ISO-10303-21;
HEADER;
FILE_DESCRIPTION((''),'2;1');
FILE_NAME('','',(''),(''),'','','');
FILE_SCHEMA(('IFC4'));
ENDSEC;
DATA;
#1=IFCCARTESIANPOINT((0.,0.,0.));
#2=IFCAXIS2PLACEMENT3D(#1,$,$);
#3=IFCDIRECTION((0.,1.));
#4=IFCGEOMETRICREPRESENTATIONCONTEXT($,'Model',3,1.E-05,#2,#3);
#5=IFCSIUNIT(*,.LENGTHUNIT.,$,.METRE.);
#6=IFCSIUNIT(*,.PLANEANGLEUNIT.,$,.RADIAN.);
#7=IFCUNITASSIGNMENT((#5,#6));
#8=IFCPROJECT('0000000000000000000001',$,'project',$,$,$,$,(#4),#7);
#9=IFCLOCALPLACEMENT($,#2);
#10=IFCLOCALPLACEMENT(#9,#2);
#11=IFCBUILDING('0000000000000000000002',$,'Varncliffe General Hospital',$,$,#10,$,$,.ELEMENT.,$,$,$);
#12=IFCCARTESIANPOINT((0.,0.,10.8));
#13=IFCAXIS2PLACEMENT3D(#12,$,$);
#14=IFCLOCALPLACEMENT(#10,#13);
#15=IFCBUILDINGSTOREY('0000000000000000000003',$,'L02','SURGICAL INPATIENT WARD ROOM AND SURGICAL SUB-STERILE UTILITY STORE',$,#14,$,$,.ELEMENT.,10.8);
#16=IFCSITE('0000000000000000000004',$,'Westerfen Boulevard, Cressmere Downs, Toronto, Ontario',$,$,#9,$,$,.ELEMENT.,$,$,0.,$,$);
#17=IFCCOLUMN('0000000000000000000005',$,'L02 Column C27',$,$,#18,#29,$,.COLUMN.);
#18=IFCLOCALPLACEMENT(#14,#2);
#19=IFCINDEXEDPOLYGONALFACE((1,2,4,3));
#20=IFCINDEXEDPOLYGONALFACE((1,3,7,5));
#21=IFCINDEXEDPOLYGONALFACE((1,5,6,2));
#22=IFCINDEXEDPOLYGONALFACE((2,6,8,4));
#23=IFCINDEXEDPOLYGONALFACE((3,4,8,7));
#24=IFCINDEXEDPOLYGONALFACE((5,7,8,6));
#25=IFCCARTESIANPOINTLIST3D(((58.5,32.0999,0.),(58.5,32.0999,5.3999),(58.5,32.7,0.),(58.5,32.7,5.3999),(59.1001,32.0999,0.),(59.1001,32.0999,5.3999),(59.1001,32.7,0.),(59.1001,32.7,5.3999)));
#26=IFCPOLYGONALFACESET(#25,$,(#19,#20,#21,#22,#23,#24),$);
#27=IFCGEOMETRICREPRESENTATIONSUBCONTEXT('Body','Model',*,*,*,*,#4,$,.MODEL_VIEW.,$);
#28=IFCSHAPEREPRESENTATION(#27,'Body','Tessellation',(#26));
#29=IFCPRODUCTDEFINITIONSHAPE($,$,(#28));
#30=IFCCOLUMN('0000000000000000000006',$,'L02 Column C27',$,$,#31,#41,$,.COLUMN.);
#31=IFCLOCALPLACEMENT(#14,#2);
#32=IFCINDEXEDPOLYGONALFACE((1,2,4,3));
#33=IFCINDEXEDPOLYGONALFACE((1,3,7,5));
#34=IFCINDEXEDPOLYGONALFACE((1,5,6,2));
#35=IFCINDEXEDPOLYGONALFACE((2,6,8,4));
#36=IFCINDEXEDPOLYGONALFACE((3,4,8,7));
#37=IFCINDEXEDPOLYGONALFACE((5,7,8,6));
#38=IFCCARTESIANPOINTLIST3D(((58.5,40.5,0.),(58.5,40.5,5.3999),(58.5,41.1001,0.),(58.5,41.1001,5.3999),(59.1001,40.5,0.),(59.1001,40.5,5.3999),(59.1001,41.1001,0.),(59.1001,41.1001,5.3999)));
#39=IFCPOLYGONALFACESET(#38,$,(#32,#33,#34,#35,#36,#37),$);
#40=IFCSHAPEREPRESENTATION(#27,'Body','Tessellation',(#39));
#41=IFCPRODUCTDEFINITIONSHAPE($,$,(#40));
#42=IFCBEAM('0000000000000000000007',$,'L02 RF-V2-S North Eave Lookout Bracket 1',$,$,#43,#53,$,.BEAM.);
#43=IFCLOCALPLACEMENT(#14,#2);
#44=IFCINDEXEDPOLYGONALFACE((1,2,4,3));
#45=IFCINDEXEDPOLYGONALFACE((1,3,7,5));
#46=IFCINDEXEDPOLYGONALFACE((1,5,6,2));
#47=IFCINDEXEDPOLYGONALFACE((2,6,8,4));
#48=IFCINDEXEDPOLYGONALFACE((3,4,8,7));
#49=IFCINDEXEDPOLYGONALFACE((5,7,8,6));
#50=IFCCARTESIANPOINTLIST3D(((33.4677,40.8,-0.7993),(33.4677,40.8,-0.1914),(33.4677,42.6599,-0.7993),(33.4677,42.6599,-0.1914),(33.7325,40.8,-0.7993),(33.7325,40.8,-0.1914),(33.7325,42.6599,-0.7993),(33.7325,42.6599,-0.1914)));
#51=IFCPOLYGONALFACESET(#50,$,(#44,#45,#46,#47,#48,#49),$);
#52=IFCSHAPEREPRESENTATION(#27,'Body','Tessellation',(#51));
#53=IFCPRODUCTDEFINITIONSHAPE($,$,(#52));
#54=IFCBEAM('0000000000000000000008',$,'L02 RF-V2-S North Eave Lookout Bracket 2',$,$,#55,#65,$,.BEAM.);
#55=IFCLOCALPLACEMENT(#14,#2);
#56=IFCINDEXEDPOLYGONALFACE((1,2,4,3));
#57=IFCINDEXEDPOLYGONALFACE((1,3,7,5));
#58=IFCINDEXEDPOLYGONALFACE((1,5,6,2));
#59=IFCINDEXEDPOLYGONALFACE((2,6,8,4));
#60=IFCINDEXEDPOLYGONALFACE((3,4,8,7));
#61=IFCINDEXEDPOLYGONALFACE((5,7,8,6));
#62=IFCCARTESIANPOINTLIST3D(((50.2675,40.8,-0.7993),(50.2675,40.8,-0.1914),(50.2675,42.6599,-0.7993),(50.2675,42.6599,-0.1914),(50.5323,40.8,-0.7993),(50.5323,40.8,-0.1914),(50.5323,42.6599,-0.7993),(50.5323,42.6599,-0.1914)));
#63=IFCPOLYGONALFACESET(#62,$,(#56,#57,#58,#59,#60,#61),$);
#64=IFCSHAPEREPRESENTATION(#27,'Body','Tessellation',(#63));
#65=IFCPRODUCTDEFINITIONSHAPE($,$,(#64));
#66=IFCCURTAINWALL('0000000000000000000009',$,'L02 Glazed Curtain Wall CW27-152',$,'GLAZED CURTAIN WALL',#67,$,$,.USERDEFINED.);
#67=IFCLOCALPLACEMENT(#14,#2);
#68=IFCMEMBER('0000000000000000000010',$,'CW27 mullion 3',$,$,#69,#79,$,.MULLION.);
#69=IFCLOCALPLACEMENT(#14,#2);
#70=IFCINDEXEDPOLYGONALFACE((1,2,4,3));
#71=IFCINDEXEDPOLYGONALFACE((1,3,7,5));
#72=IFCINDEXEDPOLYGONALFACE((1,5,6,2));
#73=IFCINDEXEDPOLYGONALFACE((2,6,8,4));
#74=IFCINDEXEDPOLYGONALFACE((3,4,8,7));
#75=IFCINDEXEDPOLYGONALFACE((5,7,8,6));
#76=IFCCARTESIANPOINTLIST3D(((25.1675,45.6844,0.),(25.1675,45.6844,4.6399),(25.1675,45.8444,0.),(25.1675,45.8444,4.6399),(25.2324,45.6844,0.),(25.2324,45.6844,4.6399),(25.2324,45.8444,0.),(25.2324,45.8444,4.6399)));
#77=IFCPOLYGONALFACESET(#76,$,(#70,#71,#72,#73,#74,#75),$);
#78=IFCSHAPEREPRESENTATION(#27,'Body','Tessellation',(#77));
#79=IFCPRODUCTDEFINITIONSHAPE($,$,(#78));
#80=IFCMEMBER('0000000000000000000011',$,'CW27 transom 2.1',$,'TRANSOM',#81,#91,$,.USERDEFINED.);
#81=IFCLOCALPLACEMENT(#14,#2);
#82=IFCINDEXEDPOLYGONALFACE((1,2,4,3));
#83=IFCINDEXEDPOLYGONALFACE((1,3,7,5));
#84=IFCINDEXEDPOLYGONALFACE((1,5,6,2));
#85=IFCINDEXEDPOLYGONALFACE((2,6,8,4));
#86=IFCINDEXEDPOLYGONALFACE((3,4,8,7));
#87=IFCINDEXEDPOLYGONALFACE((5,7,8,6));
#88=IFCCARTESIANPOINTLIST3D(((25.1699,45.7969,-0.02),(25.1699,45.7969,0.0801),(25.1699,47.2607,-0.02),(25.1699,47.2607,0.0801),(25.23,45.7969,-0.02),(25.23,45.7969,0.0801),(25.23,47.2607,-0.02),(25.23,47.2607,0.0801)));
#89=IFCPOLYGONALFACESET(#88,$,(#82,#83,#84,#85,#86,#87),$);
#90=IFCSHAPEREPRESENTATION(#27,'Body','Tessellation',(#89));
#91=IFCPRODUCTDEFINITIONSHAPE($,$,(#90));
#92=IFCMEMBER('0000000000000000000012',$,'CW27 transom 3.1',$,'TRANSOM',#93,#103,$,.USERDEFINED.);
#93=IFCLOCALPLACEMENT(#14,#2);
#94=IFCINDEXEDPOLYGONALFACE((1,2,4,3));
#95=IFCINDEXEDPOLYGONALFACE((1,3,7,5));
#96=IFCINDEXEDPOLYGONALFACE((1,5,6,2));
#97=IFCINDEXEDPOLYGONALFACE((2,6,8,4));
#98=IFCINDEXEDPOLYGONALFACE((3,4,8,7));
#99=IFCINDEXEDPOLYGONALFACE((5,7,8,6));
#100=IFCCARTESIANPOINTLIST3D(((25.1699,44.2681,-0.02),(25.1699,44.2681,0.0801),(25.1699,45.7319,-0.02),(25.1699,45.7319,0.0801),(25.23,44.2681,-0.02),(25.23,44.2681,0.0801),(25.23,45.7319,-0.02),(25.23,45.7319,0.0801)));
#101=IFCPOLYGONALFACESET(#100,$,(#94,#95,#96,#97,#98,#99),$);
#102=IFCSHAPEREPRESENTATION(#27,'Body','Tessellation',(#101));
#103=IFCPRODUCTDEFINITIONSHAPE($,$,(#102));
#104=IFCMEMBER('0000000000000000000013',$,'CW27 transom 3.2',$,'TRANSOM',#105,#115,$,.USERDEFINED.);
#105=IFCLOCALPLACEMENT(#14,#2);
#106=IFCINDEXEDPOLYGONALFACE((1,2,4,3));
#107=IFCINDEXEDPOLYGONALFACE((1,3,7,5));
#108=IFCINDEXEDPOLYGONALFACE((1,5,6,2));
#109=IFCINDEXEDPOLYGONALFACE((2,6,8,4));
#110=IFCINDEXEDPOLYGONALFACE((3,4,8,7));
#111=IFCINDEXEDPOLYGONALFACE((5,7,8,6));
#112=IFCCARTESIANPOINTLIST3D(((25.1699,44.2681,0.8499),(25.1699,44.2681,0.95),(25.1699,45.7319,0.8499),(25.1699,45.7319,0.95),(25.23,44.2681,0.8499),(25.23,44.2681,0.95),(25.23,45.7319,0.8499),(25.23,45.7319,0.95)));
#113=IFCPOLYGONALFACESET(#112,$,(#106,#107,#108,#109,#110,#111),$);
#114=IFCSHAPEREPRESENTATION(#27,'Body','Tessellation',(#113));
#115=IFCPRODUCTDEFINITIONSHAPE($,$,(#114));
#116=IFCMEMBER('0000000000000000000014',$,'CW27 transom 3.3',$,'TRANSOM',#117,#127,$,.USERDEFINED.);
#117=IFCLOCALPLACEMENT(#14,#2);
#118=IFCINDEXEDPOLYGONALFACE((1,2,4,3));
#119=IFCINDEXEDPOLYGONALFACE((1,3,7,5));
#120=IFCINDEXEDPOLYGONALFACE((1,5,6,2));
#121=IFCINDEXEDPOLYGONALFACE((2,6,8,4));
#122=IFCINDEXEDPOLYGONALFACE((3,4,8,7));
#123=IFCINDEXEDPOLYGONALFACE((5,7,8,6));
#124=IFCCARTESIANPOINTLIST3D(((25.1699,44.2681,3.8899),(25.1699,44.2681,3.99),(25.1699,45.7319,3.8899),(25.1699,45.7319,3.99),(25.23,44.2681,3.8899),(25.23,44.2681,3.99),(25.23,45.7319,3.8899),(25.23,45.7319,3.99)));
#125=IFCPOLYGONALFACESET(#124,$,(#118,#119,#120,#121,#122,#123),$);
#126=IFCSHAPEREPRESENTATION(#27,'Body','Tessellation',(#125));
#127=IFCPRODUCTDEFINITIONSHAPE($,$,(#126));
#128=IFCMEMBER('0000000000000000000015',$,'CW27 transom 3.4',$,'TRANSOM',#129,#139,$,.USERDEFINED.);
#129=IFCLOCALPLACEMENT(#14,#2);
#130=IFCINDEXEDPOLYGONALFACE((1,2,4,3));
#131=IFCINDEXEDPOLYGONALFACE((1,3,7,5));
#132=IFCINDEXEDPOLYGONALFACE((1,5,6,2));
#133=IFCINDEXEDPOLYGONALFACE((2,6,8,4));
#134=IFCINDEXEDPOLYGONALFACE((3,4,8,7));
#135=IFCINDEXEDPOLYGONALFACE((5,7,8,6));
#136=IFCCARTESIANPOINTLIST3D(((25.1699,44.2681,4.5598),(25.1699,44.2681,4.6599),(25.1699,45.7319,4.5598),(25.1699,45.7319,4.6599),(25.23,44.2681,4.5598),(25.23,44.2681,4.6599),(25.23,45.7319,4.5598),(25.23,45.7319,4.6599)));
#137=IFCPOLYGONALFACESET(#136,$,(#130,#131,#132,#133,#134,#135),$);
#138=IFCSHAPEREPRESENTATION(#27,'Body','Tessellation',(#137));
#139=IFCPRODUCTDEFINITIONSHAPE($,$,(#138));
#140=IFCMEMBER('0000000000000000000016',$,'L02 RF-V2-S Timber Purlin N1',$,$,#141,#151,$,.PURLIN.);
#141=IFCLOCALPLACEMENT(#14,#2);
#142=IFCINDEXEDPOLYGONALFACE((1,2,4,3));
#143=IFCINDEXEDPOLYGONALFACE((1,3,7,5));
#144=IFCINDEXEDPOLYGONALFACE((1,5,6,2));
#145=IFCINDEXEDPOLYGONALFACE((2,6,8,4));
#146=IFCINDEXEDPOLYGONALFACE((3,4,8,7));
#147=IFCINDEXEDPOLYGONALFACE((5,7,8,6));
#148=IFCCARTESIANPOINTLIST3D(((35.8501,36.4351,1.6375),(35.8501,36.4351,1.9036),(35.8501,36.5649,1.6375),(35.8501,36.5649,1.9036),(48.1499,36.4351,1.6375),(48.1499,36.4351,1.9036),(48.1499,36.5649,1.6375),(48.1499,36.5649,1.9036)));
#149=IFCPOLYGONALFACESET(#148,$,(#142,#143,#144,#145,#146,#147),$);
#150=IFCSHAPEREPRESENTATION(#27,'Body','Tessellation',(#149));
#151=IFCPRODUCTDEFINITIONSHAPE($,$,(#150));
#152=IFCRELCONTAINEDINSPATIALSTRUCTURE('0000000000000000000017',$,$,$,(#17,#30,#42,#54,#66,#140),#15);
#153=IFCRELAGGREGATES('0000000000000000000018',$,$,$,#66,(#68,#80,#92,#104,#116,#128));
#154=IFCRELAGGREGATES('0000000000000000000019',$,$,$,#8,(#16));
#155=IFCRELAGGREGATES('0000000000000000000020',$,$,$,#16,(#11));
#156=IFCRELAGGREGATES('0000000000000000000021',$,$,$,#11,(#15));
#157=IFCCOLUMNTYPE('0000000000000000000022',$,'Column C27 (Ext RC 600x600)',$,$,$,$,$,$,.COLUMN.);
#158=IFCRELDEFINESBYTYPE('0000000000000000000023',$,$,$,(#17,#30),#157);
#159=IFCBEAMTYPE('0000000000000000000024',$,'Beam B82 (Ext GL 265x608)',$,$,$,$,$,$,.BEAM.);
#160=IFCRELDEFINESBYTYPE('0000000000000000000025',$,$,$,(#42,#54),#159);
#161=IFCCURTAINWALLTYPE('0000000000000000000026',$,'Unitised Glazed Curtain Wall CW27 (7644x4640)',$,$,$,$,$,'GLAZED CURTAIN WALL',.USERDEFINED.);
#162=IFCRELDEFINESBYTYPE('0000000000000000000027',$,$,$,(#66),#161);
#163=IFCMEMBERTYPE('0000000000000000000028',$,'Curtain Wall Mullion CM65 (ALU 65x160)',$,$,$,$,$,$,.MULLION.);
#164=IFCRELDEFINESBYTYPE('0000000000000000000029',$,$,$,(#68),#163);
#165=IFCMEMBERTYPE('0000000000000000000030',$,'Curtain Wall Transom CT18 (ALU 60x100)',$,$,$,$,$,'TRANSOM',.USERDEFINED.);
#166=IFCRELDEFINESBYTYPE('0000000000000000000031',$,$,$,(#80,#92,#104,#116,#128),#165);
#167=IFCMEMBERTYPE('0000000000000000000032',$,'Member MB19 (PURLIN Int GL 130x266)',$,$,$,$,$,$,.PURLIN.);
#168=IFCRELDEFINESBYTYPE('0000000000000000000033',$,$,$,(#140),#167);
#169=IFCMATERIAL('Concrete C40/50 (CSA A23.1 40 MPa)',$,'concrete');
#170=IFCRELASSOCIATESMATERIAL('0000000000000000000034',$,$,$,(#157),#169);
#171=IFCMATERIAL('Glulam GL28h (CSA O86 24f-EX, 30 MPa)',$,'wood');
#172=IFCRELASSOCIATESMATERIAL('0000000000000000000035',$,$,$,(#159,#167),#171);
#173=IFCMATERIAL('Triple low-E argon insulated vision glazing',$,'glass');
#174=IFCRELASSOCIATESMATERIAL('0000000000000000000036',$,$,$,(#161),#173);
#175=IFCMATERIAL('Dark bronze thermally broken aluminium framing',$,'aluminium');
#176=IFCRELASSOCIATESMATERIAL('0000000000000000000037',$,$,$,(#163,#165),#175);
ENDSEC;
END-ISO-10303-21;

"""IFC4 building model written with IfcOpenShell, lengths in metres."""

from ifc_helpers import new_model, si_unit, direction, frame, origin, origin_2d, place, context, subcontext, project, spatial, rectangle, extrude, material, material_profile, profile_set, type_object, element, aggregate, save


model = new_model("IFC4")

# Units and contexts
model_context = context("Model", 3, precision=1e-05, world=origin(), true_north=direction((0.0, 1.0)))
body_context = subcontext(model_context, "Body", "Model", "MODEL_VIEW")
ifc_project = project(units=[si_unit("LENGTHUNIT", "METRE"), si_unit("PLANEANGLEUNIT", "RADIAN")], contexts=[model_context])

# Site, building, storey
site_placement = place(None, origin())
site = spatial("IfcSite", under=ifc_project, at=site_placement, Name="Westerfen Boulevard, Cressmere Downs, Toronto, Ontario", CompositionType="ELEMENT", RefElevation=0.0)
building_placement = place(site_placement, origin())
building = spatial("IfcBuilding", under=site, at=building_placement, Name="Varncliffe General Hospital", CompositionType="ELEMENT")
storey_placement = place(building_placement, frame((0.0, 0.0, 10.8)))
storey = spatial("IfcBuildingStorey", under=building, at=storey_placement, Name="L02", Description="SURGICAL INPATIENT WARD ROOM AND SURGICAL SUB-STERILE UTILITY STORE", CompositionType="ELEMENT", Elevation=10.8)

# Columns
ifc_material_1 = material(Name="Concrete C40/50 (CSA A23.1 40 MPa)", Category="concrete")
ifc_material_profile_1 = material_profile(ifc_material_1, rectangle(XDim=0.6001, YDim=0.6001, at=origin_2d()), Name="RC 600x600")
ifc_profile_set_1 = profile_set([ifc_material_profile_1], Name="Concrete C40/50 (CSA A23.1 40 MPa)")
column_type = type_object("IfcColumnType", Name="Column C27 (Ext RC 600x600)", PredefinedType="COLUMN", material=ifc_profile_set_1)
for number, where, z_axis, x_axis, name in (
    (1, (58.8, 32.3999, 0.0), (0.0, 0.0, 1.0), (1.0, 0.0, 0.0), "L02 Column C27"),
    (2, (58.8, 40.8, 0.0), (0.0, 0.0, 1.0), (1.0, 0.0, 0.0), "L02 Column C27"),
):
    element("IfcColumn", number, at=place(storey_placement, frame(where, z_axis=z_axis, x_axis=x_axis)), inside=storey, type_object=column_type, Name=name, PredefinedType="COLUMN", context=body_context, shape_type="SweptSolid", body=[
        extrude(rectangle(XDim=0.6001, YDim=0.6001, at=origin_2d()), origin(), (0.0, 0.0, 1.0), 5.3999),
    ])

# Beams
ifc_material_2 = material(Name="Glulam GL28h (CSA O86 24f-EX, 30 MPa)", Category="wood")
ifc_material_profile_2 = material_profile(ifc_material_2, rectangle(XDim=0.2649, YDim=0.6079, at=origin_2d()), Name="GL 265x608")
ifc_profile_set_2 = profile_set([ifc_material_profile_2], Name="Glulam GL28h (CSA O86 24f-EX, 30 MPa)")
beam_type_1 = type_object("IfcBeamType", Name="Beam B82 (Ext GL 265x608)", PredefinedType="BEAM", material=ifc_profile_set_2)
for number, where, z_axis, x_axis, name in (
    (3, (33.6001, 40.8, -0.4954), (0.0, 1.0, 0.0), (-1.0, 0.0, 0.0), "L02 RF-V2-S North Eave Lookout Bracket 1"),
    (4, (50.3999, 40.8, -0.4954), (0.0, 1.0, 0.0), (-1.0, 0.0, 0.0), "L02 RF-V2-S North Eave Lookout Bracket 2"),
):
    element("IfcBeam", number, at=place(storey_placement, frame(where, z_axis=z_axis, x_axis=x_axis)), inside=storey, type_object=beam_type_1, Name=name, PredefinedType="BEAM", context=body_context, shape_type="SweptSolid", body=[
        extrude(rectangle(XDim=0.2649, YDim=0.6079, at=origin_2d()), origin(), (0.0, 0.0, 1.0), 1.8599),
    ])

# Curtain wall, members
ifc_material_3 = material(Name="Triple low-E argon insulated vision glazing", Category="glass")
curtain_wall_type = type_object("IfcCurtainWallType", Name="Unitised Glazed Curtain Wall CW27 (7644x4640)", ElementType="GLAZED CURTAIN WALL", PredefinedType="USERDEFINED", material=ifc_material_3)
curtain_wall_placement = place(storey_placement, origin())
curtain_wall = element("IfcCurtainWall", 5, at=curtain_wall_placement, inside=storey, type_object=curtain_wall_type, Name="L02 Glazed Curtain Wall CW27-152", ObjectType="GLAZED CURTAIN WALL", PredefinedType="USERDEFINED")
ifc_material_4 = material(Name="Dark bronze thermally broken aluminium framing", Category="aluminium")
ifc_material_profile_3 = material_profile(ifc_material_4, rectangle(XDim=0.0649, YDim=0.1599, at=origin_2d()), Name="ALU 65x160")
ifc_profile_set_3 = profile_set([ifc_material_profile_3], Name="Dark bronze thermally broken aluminium framing")
member_type_1 = type_object("IfcMemberType", Name="Curtain Wall Mullion CM65 (ALU 65x160)", PredefinedType="MULLION", material=ifc_profile_set_3)
member_1_placement = place(storey_placement, frame((25.2, 45.7644, 0.0), z_axis=(0.0, 0.0, 1.0), x_axis=(1.0, 0.0, 0.0)))
member_1 = element("IfcMember", 6, at=member_1_placement, type_object=member_type_1, Name="CW27 mullion 3", PredefinedType="MULLION", context=body_context, shape_type="SweptSolid", body=[
    extrude(rectangle(XDim=0.0649, YDim=0.1599, at=origin_2d()), origin(), (0.0, 0.0, 1.0), 4.6399),
])
ifc_material_profile_4 = material_profile(ifc_material_4, rectangle(XDim=0.0601, YDim=0.1001, at=origin_2d()), Name="ALU 60x100")
ifc_profile_set_4 = profile_set([ifc_material_profile_4], Name="Dark bronze thermally broken aluminium framing")
member_type_2 = type_object("IfcMemberType", Name="Curtain Wall Transom CT18 (ALU 60x100)", ElementType="TRANSOM", PredefinedType="USERDEFINED", material=ifc_profile_set_4)
member_2_placement = place(storey_placement, frame((25.2, 47.2607, 0.03), z_axis=(0.0, -1.0, 0.0), x_axis=(1.0, 0.0, 0.0)))
member_2 = element("IfcMember", 7, at=member_2_placement, type_object=member_type_2, Name="CW27 transom 2.1", ObjectType="TRANSOM", PredefinedType="USERDEFINED", context=body_context, shape_type="SweptSolid", body=[
    extrude(rectangle(XDim=0.0601, YDim=0.1001, at=origin_2d()), origin(), (0.0, 0.0, 1.0), 1.4639),
])
member_3_placement = place(storey_placement, frame((25.2, 45.7319, 0.03), z_axis=(0.0, -1.0, 0.0), x_axis=(1.0, 0.0, 0.0)))
member_3 = element("IfcMember", 8, at=member_3_placement, type_object=member_type_2, Name="CW27 transom 3.1", ObjectType="TRANSOM", PredefinedType="USERDEFINED", context=body_context, shape_type="SweptSolid", body=[
    extrude(rectangle(XDim=0.0601, YDim=0.1001, at=origin_2d()), origin(), (0.0, 0.0, 1.0), 1.4639),
])
member_4_placement = place(storey_placement, frame((25.2, 45.7319, 0.8999), z_axis=(0.0, -1.0, 0.0), x_axis=(1.0, 0.0, 0.0)))
member_4 = element("IfcMember", 9, at=member_4_placement, type_object=member_type_2, Name="CW27 transom 3.2", ObjectType="TRANSOM", PredefinedType="USERDEFINED", context=body_context, shape_type="SweptSolid", body=[
    extrude(rectangle(XDim=0.0601, YDim=0.1001, at=origin_2d()), origin(), (0.0, 0.0, 1.0), 1.4639),
])
member_5_placement = place(storey_placement, frame((25.2, 45.7319, 3.9399), z_axis=(0.0, -1.0, 0.0), x_axis=(1.0, 0.0, 0.0)))
member_5 = element("IfcMember", 10, at=member_5_placement, type_object=member_type_2, Name="CW27 transom 3.3", ObjectType="TRANSOM", PredefinedType="USERDEFINED", context=body_context, shape_type="SweptSolid", body=[
    extrude(rectangle(XDim=0.0601, YDim=0.1001, at=origin_2d()), origin(), (0.0, 0.0, 1.0), 1.4639),
])
member_6_placement = place(storey_placement, frame((25.2, 45.7319, 4.6099), z_axis=(0.0, -1.0, 0.0), x_axis=(1.0, 0.0, 0.0)))
member_6 = element("IfcMember", 11, at=member_6_placement, type_object=member_type_2, Name="CW27 transom 3.4", ObjectType="TRANSOM", PredefinedType="USERDEFINED", context=body_context, shape_type="SweptSolid", body=[
    extrude(rectangle(XDim=0.0601, YDim=0.1001, at=origin_2d()), origin(), (0.0, 0.0, 1.0), 1.4639),
])

# Member
ifc_material_profile_5 = material_profile(ifc_material_2, rectangle(XDim=0.1299, YDim=0.2661, at=origin_2d()), Name="GL 130x266")
ifc_profile_set_5 = profile_set([ifc_material_profile_5], Name="Glulam GL28h (CSA O86 24f-EX, 30 MPa)")
member_type_3 = type_object("IfcMemberType", Name="Member MB19 (PURLIN Int GL 130x266)", PredefinedType="PURLIN", material=ifc_profile_set_5)
member_7_placement = place(storey_placement, frame((35.8501, 36.5, 1.7705), z_axis=(1.0, 0.0, 0.0), x_axis=(0.0, 1.0, 0.0)))
element("IfcMember", 12, at=member_7_placement, inside=storey, type_object=member_type_3, Name="L02 RF-V2-S Timber Purlin N1", PredefinedType="PURLIN", context=body_context, shape_type="SweptSolid", body=[
    extrude(rectangle(XDim=0.1299, YDim=0.2661, at=origin_2d()), origin(), (0.0, 0.0, 1.0), 12.2998),
])

aggregate(curtain_wall, [member_1, member_2, member_3, member_4, member_5, member_6])

save(model, "model.ifc")
